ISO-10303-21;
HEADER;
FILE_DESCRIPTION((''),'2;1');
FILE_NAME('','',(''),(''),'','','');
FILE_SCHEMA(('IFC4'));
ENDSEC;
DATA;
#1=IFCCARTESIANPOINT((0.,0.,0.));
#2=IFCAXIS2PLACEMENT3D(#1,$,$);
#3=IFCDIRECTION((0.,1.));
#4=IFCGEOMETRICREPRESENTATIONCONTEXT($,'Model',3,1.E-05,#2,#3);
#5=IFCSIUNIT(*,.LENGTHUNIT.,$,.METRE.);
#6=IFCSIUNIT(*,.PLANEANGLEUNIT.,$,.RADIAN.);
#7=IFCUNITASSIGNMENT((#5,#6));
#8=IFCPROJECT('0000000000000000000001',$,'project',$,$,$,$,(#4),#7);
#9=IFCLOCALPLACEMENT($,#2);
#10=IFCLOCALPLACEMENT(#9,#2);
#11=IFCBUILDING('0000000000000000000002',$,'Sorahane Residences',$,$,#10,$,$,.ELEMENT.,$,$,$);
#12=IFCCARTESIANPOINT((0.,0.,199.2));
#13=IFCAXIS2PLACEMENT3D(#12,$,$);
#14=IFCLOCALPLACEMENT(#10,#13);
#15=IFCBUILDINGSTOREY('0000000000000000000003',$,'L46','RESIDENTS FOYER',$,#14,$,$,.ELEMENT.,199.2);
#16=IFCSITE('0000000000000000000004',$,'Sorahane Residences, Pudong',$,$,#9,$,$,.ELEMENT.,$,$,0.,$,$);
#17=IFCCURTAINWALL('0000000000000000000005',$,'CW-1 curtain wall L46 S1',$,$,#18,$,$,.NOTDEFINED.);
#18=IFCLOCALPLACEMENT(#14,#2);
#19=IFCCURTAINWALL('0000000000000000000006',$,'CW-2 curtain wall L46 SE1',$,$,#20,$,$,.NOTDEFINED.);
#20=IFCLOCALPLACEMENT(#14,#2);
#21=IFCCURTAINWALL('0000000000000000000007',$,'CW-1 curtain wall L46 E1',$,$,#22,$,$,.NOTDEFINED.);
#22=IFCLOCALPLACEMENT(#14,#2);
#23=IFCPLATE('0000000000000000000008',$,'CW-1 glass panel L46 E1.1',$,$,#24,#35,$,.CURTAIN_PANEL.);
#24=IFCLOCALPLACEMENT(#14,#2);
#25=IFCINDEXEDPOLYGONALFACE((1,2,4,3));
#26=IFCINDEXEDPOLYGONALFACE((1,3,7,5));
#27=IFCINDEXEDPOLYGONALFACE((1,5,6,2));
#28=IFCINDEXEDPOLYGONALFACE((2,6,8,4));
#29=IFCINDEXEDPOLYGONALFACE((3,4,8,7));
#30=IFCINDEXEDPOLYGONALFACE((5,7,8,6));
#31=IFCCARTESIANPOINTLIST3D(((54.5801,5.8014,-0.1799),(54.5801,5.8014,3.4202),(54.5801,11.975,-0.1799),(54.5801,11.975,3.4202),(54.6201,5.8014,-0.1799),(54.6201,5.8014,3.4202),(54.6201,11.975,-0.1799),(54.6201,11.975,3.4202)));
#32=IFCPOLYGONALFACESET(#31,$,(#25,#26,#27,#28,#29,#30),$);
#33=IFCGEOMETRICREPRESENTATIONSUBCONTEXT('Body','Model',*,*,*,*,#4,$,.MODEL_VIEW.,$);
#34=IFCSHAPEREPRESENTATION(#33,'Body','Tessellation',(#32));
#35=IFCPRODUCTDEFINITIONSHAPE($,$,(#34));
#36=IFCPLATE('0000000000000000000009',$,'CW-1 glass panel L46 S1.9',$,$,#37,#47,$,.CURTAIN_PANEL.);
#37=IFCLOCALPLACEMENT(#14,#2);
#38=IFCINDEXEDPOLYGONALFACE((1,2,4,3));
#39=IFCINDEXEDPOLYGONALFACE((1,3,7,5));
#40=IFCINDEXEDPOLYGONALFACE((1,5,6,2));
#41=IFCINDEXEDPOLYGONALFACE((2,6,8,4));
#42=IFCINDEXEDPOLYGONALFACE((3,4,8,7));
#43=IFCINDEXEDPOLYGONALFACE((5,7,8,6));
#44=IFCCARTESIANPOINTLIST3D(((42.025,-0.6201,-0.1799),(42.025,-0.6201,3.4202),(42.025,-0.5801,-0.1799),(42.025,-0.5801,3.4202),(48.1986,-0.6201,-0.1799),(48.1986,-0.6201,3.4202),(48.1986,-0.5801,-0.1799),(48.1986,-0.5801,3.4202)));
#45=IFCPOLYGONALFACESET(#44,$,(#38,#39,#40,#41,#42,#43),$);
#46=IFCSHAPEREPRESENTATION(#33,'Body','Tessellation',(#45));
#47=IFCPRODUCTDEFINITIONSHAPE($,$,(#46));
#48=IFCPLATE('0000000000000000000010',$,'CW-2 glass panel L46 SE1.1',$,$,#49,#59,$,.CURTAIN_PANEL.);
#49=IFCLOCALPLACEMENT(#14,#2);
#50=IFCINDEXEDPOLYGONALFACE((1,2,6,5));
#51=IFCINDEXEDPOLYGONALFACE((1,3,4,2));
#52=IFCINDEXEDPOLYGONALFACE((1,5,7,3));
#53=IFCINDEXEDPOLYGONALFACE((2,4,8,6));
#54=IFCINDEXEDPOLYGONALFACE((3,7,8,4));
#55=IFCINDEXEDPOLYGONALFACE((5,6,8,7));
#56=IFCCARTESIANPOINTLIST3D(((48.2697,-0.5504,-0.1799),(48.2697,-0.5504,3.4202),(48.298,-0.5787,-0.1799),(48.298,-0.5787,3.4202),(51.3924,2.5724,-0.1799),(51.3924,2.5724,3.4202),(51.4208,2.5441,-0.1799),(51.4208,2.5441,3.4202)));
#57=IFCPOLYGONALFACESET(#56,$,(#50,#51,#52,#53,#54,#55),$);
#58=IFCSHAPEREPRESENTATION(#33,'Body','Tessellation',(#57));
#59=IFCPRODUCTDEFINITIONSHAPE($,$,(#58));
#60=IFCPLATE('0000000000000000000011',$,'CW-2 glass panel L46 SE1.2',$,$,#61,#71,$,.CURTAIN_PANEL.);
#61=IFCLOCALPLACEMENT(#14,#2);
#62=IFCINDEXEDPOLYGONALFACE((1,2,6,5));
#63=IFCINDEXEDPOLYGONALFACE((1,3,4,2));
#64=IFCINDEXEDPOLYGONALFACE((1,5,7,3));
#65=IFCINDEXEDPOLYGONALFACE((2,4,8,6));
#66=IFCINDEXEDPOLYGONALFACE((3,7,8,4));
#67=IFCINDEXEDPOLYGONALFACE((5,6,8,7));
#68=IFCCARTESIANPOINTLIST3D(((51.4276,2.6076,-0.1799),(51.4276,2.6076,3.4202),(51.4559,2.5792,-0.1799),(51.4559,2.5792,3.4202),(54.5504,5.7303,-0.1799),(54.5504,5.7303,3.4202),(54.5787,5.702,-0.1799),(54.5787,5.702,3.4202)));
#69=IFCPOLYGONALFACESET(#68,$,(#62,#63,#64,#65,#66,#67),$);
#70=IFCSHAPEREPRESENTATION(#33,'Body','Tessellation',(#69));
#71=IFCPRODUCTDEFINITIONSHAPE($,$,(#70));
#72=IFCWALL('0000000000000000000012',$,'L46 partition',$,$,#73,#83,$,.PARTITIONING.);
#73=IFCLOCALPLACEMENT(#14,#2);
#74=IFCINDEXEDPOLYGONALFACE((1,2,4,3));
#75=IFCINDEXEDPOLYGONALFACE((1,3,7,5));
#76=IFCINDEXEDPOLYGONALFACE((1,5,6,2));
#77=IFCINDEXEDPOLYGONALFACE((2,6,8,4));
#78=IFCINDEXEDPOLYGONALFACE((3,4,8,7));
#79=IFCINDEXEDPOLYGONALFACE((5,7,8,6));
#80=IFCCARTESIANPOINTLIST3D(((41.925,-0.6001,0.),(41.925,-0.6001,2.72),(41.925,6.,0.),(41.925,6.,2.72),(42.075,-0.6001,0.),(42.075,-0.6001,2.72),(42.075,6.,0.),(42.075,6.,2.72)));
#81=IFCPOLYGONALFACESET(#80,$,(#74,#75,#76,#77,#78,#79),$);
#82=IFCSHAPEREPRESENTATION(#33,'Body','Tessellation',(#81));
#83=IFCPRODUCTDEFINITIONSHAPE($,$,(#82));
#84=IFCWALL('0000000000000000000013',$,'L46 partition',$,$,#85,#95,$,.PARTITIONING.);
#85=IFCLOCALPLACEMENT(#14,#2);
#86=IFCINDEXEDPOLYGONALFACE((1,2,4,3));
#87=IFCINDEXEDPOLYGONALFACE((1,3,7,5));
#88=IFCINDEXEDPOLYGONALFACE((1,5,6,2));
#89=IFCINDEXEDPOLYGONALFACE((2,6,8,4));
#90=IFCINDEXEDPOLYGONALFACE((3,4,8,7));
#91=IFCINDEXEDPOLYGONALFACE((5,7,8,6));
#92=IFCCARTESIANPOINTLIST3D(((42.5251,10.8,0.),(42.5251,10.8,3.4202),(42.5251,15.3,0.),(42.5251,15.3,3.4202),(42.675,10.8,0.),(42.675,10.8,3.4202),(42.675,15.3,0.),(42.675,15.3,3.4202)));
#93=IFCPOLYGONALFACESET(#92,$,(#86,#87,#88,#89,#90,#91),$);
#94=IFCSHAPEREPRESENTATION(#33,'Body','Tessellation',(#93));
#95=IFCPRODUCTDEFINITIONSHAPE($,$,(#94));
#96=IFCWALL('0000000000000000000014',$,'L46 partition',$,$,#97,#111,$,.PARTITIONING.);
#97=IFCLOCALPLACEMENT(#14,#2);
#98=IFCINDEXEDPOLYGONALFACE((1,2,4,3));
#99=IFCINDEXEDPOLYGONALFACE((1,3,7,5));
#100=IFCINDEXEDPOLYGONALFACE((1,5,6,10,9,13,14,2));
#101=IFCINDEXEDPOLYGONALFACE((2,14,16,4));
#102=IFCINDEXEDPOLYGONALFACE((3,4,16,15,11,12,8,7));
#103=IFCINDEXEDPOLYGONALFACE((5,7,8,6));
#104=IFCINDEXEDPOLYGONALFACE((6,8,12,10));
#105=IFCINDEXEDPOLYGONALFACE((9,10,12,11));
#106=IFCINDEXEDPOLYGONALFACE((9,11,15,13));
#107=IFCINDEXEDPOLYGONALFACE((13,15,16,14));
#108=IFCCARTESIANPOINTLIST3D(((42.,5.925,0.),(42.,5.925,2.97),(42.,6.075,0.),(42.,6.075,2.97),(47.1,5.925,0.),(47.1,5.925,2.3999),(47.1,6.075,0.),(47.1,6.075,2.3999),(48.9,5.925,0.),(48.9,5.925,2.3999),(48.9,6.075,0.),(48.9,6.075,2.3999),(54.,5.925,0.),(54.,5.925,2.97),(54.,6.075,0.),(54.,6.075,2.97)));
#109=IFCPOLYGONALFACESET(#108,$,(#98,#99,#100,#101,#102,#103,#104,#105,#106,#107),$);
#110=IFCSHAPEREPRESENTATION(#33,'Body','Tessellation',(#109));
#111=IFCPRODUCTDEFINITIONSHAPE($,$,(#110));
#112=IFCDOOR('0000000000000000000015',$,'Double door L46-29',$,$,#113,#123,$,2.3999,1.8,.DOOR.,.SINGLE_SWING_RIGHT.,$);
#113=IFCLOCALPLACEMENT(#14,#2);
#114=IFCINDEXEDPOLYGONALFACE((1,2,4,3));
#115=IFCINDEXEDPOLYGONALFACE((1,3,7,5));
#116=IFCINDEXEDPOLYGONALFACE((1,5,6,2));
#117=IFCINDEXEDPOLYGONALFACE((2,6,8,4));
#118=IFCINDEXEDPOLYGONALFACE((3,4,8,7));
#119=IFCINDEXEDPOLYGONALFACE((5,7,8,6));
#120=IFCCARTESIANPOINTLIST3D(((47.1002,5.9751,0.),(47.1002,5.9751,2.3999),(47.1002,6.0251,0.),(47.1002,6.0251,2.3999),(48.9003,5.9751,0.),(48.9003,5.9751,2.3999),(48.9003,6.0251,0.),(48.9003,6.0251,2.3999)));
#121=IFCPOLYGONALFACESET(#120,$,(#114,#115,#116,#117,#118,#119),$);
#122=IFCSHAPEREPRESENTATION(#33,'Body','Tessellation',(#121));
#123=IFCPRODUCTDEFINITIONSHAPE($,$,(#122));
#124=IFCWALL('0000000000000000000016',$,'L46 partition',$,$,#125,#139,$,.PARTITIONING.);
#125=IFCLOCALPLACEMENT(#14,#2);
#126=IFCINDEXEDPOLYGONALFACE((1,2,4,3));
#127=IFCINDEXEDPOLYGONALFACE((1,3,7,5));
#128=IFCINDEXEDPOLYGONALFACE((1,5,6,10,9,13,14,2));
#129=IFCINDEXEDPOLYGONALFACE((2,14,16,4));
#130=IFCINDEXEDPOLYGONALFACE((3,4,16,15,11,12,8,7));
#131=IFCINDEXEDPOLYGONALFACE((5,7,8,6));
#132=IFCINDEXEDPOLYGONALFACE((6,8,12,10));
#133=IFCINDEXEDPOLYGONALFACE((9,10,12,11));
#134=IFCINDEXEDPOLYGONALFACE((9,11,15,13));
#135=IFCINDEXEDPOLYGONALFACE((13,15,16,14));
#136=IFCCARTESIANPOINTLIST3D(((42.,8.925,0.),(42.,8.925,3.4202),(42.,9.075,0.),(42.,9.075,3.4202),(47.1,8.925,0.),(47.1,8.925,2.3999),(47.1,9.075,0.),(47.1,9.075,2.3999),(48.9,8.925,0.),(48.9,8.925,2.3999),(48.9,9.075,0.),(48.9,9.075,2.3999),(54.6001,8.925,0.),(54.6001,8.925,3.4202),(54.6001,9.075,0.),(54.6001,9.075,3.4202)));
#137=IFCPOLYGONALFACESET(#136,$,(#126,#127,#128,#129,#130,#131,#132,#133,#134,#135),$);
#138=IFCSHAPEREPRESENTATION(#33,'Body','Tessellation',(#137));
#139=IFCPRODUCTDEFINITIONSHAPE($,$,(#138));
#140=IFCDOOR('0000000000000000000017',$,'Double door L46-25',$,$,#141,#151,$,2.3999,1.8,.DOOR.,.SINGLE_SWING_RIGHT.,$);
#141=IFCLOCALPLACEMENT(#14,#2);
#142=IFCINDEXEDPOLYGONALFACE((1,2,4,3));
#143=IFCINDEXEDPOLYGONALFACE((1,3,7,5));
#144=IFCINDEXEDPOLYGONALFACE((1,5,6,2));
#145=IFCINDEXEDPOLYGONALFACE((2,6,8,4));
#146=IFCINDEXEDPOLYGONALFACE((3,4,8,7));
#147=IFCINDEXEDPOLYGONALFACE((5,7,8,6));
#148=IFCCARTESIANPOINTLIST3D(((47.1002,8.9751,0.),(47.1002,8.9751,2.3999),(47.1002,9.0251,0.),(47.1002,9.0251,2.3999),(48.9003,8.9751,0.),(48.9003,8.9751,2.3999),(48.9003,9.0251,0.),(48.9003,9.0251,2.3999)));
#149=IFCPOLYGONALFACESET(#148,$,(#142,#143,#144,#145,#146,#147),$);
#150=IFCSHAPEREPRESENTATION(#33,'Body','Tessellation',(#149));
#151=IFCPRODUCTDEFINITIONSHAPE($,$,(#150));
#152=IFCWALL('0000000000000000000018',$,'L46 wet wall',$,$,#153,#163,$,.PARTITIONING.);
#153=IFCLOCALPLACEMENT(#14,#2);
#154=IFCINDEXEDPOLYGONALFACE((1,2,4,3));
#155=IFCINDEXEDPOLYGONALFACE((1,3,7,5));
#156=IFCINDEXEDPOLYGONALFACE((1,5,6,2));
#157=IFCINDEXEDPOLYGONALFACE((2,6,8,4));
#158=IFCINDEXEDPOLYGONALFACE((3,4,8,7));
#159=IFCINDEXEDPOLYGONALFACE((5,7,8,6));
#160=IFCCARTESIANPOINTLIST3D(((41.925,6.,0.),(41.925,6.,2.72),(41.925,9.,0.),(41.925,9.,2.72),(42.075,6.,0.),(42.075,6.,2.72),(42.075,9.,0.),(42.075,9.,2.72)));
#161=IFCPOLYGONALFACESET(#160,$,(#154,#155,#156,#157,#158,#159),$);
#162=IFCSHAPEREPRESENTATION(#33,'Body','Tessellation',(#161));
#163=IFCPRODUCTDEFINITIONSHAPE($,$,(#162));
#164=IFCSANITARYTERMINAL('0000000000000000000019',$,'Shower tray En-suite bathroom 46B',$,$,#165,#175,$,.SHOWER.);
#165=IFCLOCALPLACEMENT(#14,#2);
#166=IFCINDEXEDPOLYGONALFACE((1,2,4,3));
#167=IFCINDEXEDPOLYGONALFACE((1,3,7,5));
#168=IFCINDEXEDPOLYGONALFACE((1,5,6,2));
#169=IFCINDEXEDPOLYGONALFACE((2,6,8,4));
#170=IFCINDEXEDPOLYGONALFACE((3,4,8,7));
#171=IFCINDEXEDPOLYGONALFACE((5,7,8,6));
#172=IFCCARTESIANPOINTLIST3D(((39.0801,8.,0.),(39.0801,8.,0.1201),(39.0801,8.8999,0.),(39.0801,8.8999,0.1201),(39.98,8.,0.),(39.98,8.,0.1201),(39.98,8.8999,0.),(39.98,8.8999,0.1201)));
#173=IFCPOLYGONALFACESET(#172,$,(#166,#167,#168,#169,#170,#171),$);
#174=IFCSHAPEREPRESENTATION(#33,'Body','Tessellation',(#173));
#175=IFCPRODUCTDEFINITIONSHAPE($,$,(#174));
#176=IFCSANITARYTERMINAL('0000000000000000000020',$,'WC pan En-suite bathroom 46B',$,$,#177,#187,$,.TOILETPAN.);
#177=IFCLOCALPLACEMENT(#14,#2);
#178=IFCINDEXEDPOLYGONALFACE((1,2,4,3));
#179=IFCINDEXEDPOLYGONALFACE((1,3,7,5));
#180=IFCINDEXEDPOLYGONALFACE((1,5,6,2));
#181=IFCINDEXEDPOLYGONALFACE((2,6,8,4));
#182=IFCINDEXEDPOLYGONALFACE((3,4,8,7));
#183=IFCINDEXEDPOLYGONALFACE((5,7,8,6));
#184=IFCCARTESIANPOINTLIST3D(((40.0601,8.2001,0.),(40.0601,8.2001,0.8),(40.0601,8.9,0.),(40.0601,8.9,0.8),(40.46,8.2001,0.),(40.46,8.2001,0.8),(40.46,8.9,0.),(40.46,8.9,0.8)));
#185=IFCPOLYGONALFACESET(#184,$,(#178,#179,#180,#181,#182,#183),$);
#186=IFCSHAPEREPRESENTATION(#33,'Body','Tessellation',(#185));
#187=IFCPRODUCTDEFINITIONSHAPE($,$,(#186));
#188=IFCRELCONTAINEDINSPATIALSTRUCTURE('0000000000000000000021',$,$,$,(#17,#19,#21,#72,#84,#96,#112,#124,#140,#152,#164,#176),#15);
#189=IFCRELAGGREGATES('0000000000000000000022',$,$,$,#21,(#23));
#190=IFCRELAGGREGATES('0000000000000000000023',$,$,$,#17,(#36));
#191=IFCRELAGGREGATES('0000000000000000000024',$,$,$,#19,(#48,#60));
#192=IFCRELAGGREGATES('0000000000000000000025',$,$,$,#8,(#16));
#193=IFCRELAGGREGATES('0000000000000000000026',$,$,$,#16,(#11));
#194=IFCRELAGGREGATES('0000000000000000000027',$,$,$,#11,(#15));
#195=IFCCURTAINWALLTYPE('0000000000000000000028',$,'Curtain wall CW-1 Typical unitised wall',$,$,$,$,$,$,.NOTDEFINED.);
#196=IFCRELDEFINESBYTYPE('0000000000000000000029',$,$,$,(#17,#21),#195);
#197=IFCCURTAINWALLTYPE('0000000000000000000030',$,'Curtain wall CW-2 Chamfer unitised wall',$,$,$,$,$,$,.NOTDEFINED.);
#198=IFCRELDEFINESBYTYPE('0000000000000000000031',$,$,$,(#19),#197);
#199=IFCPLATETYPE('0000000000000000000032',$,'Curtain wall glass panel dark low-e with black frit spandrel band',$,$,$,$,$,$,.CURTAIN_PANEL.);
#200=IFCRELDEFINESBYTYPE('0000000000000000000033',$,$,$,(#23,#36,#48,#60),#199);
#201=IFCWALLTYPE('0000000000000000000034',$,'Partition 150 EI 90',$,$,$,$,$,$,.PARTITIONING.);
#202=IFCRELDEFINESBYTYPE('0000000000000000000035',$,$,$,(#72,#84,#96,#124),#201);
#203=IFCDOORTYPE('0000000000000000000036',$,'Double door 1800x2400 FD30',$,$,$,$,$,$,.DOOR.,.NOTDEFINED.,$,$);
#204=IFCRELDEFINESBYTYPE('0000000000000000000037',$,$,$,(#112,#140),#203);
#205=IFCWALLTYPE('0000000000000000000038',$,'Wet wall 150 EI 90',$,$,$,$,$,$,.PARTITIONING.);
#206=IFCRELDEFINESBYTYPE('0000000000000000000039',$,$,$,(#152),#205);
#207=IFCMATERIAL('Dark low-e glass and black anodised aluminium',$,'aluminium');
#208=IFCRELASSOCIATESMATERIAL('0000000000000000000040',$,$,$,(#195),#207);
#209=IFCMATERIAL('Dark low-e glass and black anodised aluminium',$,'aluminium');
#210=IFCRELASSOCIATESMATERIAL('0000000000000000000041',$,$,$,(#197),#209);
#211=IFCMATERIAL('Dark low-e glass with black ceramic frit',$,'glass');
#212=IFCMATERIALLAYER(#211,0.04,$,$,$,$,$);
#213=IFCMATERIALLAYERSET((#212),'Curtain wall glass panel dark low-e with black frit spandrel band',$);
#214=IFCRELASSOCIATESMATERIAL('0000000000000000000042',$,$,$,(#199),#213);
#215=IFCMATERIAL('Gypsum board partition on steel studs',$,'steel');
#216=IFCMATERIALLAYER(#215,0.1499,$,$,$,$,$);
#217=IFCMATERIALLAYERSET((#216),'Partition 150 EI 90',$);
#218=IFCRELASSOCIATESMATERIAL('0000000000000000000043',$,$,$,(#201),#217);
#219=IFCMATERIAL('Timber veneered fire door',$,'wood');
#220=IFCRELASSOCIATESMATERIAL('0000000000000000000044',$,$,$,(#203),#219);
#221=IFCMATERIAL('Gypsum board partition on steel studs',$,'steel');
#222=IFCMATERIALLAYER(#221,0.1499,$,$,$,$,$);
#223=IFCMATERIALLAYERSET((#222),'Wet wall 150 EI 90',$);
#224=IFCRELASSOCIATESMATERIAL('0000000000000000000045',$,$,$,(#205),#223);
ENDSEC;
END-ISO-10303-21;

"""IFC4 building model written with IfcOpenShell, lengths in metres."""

from ifc_helpers import new_model, si_unit, direction, frame, frame_2d, origin, origin_2d, place, context, subcontext, project, spatial, rectangle, extrude, material, layer, layer_set, type_object, element, fill, aggregate, save


model = new_model("IFC4")

# Units and contexts
model_context = context("Model", 3, precision=1e-05, world=origin(), true_north=direction((0.0, 1.0)))
body_context = subcontext(model_context, "Body", "Model", "MODEL_VIEW")
ifc_project = project(units=[si_unit("LENGTHUNIT", "METRE"), si_unit("PLANEANGLEUNIT", "RADIAN")], contexts=[model_context])

# Site, building, storey
site_placement = place(None, origin())
site = spatial("IfcSite", under=ifc_project, at=site_placement, Name="Sorahane Residences, Pudong", CompositionType="ELEMENT", RefElevation=0.0)
building_placement = place(site_placement, origin())
building = spatial("IfcBuilding", under=site, at=building_placement, Name="Sorahane Residences", CompositionType="ELEMENT")
storey_placement = place(building_placement, frame((0.0, 0.0, 199.2)))
storey = spatial("IfcBuildingStorey", under=building, at=storey_placement, Name="L46", Description="RESIDENTS FOYER", CompositionType="ELEMENT", Elevation=199.2)

# Curtain walls
ifc_material_1 = material(Name="Dark low-e glass and black anodised aluminium", Category="aluminium")
curtain_wall_type_1 = type_object("IfcCurtainWallType", Name="Curtain wall CW-1 Typical unitised wall", PredefinedType="NOTDEFINED", material=ifc_material_1)
curtain_wall_1_placement = place(storey_placement, origin())
curtain_wall_1 = element("IfcCurtainWall", 1, at=curtain_wall_1_placement, inside=storey, type_object=curtain_wall_type_1, Name="CW-1 curtain wall L46 S1", PredefinedType="NOTDEFINED")
ifc_material_2 = material(Name="Dark low-e glass and black anodised aluminium", Category="aluminium")
curtain_wall_type_2 = type_object("IfcCurtainWallType", Name="Curtain wall CW-2 Chamfer unitised wall", PredefinedType="NOTDEFINED", material=ifc_material_2)
curtain_wall_2_placement = place(storey_placement, origin())
curtain_wall_2 = element("IfcCurtainWall", 2, at=curtain_wall_2_placement, inside=storey, type_object=curtain_wall_type_2, Name="CW-2 curtain wall L46 SE1", PredefinedType="NOTDEFINED")

# Curtain wall
curtain_wall_3_placement = place(storey_placement, origin())
curtain_wall_3 = element("IfcCurtainWall", 3, at=curtain_wall_3_placement, inside=storey, type_object=curtain_wall_type_1, Name="CW-1 curtain wall L46 E1", PredefinedType="NOTDEFINED")

# Plates
ifc_material_3 = material(Name="Dark low-e glass with black ceramic frit", Category="glass")
ifc_layer_1 = layer(ifc_material_3, 0.04)
ifc_layer_set_1 = layer_set([ifc_layer_1], Name="Curtain wall glass panel dark low-e with black frit spandrel band")
plate_type = type_object("IfcPlateType", Name="Curtain wall glass panel dark low-e with black frit spandrel band", PredefinedType="CURTAIN_PANEL", material=ifc_layer_set_1)
plate_1_placement = place(storey_placement, frame((54.6001, 8.8882, -0.1799), z_axis=(0.0, 0.0, 1.0), x_axis=(0.0, 1.0, 0.0)))
plate_1 = element("IfcPlate", 4, at=plate_1_placement, type_object=plate_type, Name="CW-1 glass panel L46 E1.1", PredefinedType="CURTAIN_PANEL", context=body_context, shape_type="SweptSolid", body=[
    extrude(rectangle(XDim=6.1736, YDim=0.04, at=origin_2d()), origin(), (0.0, 0.0, 1.0), 3.6001),
])
aggregate(curtain_wall_3, [plate_1])
plate_2_placement = place(storey_placement, frame((45.1118, -0.6001, -0.1799), z_axis=(0.0, 0.0, 1.0), x_axis=(1.0, 0.0, 0.0)))
plate_2 = element("IfcPlate", 5, at=plate_2_placement, type_object=plate_type, Name="CW-1 glass panel L46 S1.9", PredefinedType="CURTAIN_PANEL", context=body_context, shape_type="SweptSolid", body=[
    extrude(rectangle(XDim=6.1736, YDim=0.04, at=origin_2d()), origin(), (0.0, 0.0, 1.0), 3.6001),
])
aggregate(curtain_wall_1, [plate_2])
plate_3_placement = place(storey_placement, frame((49.8452, 0.9968, -0.1799), z_axis=(0.0, 0.0, 1.0), x_axis=(0.707107, 0.707107, 0.0)))
plate_3 = element("IfcPlate", 6, at=plate_3_placement, type_object=plate_type, Name="CW-2 glass panel L46 SE1.1", PredefinedType="CURTAIN_PANEL", context=body_context, shape_type="SweptSolid", body=[
    extrude(rectangle(XDim=4.4163, YDim=0.04, at=origin_2d()), origin(), (0.0, 0.0, 1.0), 3.6001),
])
plate_4_placement = place(storey_placement, frame((53.0032, 4.1548, -0.1799), z_axis=(0.0, 0.0, 1.0), x_axis=(0.707107, 0.707107, 0.0)))
plate_4 = element("IfcPlate", 7, at=plate_4_placement, type_object=plate_type, Name="CW-2 glass panel L46 SE1.2", PredefinedType="CURTAIN_PANEL", context=body_context, shape_type="SweptSolid", body=[
    extrude(rectangle(XDim=4.4163, YDim=0.04, at=origin_2d()), origin(), (0.0, 0.0, 1.0), 3.6001),
])
aggregate(curtain_wall_2, [plate_3, plate_4])

# Walls
ifc_material_4 = material(Name="Gypsum board partition on steel studs", Category="steel")
ifc_layer_2 = layer(ifc_material_4, 0.1499)
ifc_layer_set_2 = layer_set([ifc_layer_2], Name="Partition 150 EI 90")
wall_type_1 = type_object("IfcWallType", Name="Partition 150 EI 90", PredefinedType="PARTITIONING", material=ifc_layer_set_2)
wall_1_placement = place(storey_placement, frame((42.0, -0.6001, 0.0), z_axis=(0.0, 0.0, 1.0), x_axis=(0.0, 1.0, 0.0)))
element("IfcWall", 8, at=wall_1_placement, inside=storey, type_object=wall_type_1, Name="L46 partition", PredefinedType="PARTITIONING", context=body_context, shape_type="SweptSolid", body=[
    extrude(rectangle(XDim=6.6001, YDim=0.1499, at=frame_2d((3.3, 0.0))), origin(), (0.0, 0.0, 1.0), 2.72),
])
wall_2_placement = place(storey_placement, frame((42.6001, 10.8, 0.0), z_axis=(0.0, 0.0, 1.0), x_axis=(0.0, 1.0, 0.0)))
element("IfcWall", 9, at=wall_2_placement, inside=storey, type_object=wall_type_1, Name="L46 partition", PredefinedType="PARTITIONING", context=body_context, shape_type="SweptSolid", body=[
    extrude(rectangle(XDim=4.5, YDim=0.1499, at=frame_2d((2.25, 0.0))), origin(), (0.0, 0.0, 1.0), 3.4202),
])

# Walls, openings, doors
wall_3_placement = place(storey_placement, frame((42.0, 6.0, 0.0), z_axis=(0.0, 0.0, 1.0), x_axis=(1.0, 0.0, 0.0)))
wall_3 = element("IfcWall", 10, at=wall_3_placement, inside=storey, type_object=wall_type_1, Name="L46 partition", PredefinedType="PARTITIONING", context=body_context, shape_type="SweptSolid", body=[
    extrude(rectangle(XDim=12.0, YDim=0.1499, at=frame_2d((6.0, 0.0))), origin(), (0.0, 0.0, 1.0), 2.97),
])
opening_1_placement = place(wall_3_placement, frame((5.1001, 0.0, 0.0)))
opening_1 = element("IfcOpeningElement", 11, at=opening_1_placement, cuts=wall_3, PredefinedType="OPENING", context=body_context, shape_type="SweptSolid", body=[
    extrude(rectangle(XDim=1.8, YDim=2.3999, at=frame_2d((0.8999, 1.2))), frame((0.0, 0.085, 0.0), z_axis=(0.0, -1.0, 0.0), x_axis=(1.0, 0.0, 0.0)), (0.0, 0.0, 1.0), 0.1699),
])
ifc_material_5 = material(Name="Timber veneered fire door", Category="wood")
door_type = type_object("IfcDoorType", Name="Double door 1800x2400 FD30", OperationType="NOTDEFINED", PredefinedType="DOOR", material=ifc_material_5)
door_1_placement = place(opening_1_placement, frame((1.8, 0.0, 0.0), z_axis=(0.0, 0.0, 1.0), x_axis=(-1.0, 0.0, 0.0)))
door_1 = element("IfcDoor", 12, at=door_1_placement, inside=storey, type_object=door_type, Name="Double door L46-29", OperationType="SINGLE_SWING_RIGHT", OverallHeight=2.3999, OverallWidth=1.8, PredefinedType="DOOR", context=body_context, shape_type="SweptSolid", body=[
    extrude(rectangle(XDim=1.8, YDim=2.3999, at=frame_2d((0.8999, 1.2))), frame((0.0, 0.0249, 0.0), z_axis=(0.0, -1.0, 0.0), x_axis=(1.0, 0.0, 0.0)), (0.0, 0.0, 1.0), 0.05),
])
fill(opening_1, door_1)
wall_4_placement = place(storey_placement, frame((42.0, 9.0, 0.0), z_axis=(0.0, 0.0, 1.0), x_axis=(1.0, 0.0, 0.0)))
wall_4 = element("IfcWall", 13, at=wall_4_placement, inside=storey, type_object=wall_type_1, Name="L46 partition", PredefinedType="PARTITIONING", context=body_context, shape_type="SweptSolid", body=[
    extrude(rectangle(XDim=12.6001, YDim=0.1499, at=frame_2d((6.3, 0.0))), origin(), (0.0, 0.0, 1.0), 3.4202),
])
opening_2_placement = place(wall_4_placement, frame((5.1001, 0.0, 0.0)))
opening_2 = element("IfcOpeningElement", 14, at=opening_2_placement, cuts=wall_4, PredefinedType="OPENING", context=body_context, shape_type="SweptSolid", body=[
    extrude(rectangle(XDim=1.8, YDim=2.3999, at=frame_2d((0.8999, 1.2))), frame((0.0, 0.085, 0.0), z_axis=(0.0, -1.0, 0.0), x_axis=(1.0, 0.0, 0.0)), (0.0, 0.0, 1.0), 0.1699),
])
door_2_placement = place(opening_2_placement, frame((1.8, 0.0, 0.0), z_axis=(0.0, 0.0, 1.0), x_axis=(-1.0, 0.0, 0.0)))
door_2 = element("IfcDoor", 15, at=door_2_placement, inside=storey, type_object=door_type, Name="Double door L46-25", OperationType="SINGLE_SWING_RIGHT", OverallHeight=2.3999, OverallWidth=1.8, PredefinedType="DOOR", context=body_context, shape_type="SweptSolid", body=[
    extrude(rectangle(XDim=1.8, YDim=2.3999, at=frame_2d((0.8999, 1.2))), frame((0.0, 0.0249, 0.0), z_axis=(0.0, -1.0, 0.0), x_axis=(1.0, 0.0, 0.0)), (0.0, 0.0, 1.0), 0.05),
])
fill(opening_2, door_2)

# Wall
ifc_material_6 = material(Name="Gypsum board partition on steel studs", Category="steel")
ifc_layer_3 = layer(ifc_material_6, 0.1499)
ifc_layer_set_3 = layer_set([ifc_layer_3], Name="Wet wall 150 EI 90")
wall_type_2 = type_object("IfcWallType", Name="Wet wall 150 EI 90", PredefinedType="PARTITIONING", material=ifc_layer_set_3)
wall_5_placement = place(storey_placement, frame((42.0, 6.0, 0.0), z_axis=(0.0, 0.0, 1.0), x_axis=(0.0, 1.0, 0.0)))
element("IfcWall", 16, at=wall_5_placement, inside=storey, type_object=wall_type_2, Name="L46 wet wall", PredefinedType="PARTITIONING", context=body_context, shape_type="SweptSolid", body=[
    extrude(rectangle(XDim=3.0, YDim=0.1499, at=frame_2d((1.5, 0.0))), origin(), (0.0, 0.0, 1.0), 2.72),
])

# Sanitary terminals
sanitary_terminal_1_placement = place(storey_placement, frame((39.53, 8.45, 0.0), z_axis=(0.0, 0.0, 1.0), x_axis=(1.0, 0.0, 0.0)))
element("IfcSanitaryTerminal", 17, at=sanitary_terminal_1_placement, inside=storey, Name="Shower tray En-suite bathroom 46B", PredefinedType="SHOWER", context=body_context, shape_type="SweptSolid", body=[
    extrude(rectangle(XDim=0.8999, YDim=0.8999, at=origin_2d()), origin(), (0.0, 0.0, 1.0), 0.1201),
])
sanitary_terminal_2_placement = place(storey_placement, frame((40.26, 8.55, 0.0), z_axis=(0.0, 0.0, 1.0), x_axis=(1.0, 0.0, 0.0)))
element("IfcSanitaryTerminal", 18, at=sanitary_terminal_2_placement, inside=storey, Name="WC pan En-suite bathroom 46B", PredefinedType="TOILETPAN", context=body_context, shape_type="SweptSolid", body=[
    extrude(rectangle(XDim=0.3999, YDim=0.7, at=origin_2d()), origin(), (0.0, 0.0, 1.0), 0.8),
])

save(model, "model.ifc")
